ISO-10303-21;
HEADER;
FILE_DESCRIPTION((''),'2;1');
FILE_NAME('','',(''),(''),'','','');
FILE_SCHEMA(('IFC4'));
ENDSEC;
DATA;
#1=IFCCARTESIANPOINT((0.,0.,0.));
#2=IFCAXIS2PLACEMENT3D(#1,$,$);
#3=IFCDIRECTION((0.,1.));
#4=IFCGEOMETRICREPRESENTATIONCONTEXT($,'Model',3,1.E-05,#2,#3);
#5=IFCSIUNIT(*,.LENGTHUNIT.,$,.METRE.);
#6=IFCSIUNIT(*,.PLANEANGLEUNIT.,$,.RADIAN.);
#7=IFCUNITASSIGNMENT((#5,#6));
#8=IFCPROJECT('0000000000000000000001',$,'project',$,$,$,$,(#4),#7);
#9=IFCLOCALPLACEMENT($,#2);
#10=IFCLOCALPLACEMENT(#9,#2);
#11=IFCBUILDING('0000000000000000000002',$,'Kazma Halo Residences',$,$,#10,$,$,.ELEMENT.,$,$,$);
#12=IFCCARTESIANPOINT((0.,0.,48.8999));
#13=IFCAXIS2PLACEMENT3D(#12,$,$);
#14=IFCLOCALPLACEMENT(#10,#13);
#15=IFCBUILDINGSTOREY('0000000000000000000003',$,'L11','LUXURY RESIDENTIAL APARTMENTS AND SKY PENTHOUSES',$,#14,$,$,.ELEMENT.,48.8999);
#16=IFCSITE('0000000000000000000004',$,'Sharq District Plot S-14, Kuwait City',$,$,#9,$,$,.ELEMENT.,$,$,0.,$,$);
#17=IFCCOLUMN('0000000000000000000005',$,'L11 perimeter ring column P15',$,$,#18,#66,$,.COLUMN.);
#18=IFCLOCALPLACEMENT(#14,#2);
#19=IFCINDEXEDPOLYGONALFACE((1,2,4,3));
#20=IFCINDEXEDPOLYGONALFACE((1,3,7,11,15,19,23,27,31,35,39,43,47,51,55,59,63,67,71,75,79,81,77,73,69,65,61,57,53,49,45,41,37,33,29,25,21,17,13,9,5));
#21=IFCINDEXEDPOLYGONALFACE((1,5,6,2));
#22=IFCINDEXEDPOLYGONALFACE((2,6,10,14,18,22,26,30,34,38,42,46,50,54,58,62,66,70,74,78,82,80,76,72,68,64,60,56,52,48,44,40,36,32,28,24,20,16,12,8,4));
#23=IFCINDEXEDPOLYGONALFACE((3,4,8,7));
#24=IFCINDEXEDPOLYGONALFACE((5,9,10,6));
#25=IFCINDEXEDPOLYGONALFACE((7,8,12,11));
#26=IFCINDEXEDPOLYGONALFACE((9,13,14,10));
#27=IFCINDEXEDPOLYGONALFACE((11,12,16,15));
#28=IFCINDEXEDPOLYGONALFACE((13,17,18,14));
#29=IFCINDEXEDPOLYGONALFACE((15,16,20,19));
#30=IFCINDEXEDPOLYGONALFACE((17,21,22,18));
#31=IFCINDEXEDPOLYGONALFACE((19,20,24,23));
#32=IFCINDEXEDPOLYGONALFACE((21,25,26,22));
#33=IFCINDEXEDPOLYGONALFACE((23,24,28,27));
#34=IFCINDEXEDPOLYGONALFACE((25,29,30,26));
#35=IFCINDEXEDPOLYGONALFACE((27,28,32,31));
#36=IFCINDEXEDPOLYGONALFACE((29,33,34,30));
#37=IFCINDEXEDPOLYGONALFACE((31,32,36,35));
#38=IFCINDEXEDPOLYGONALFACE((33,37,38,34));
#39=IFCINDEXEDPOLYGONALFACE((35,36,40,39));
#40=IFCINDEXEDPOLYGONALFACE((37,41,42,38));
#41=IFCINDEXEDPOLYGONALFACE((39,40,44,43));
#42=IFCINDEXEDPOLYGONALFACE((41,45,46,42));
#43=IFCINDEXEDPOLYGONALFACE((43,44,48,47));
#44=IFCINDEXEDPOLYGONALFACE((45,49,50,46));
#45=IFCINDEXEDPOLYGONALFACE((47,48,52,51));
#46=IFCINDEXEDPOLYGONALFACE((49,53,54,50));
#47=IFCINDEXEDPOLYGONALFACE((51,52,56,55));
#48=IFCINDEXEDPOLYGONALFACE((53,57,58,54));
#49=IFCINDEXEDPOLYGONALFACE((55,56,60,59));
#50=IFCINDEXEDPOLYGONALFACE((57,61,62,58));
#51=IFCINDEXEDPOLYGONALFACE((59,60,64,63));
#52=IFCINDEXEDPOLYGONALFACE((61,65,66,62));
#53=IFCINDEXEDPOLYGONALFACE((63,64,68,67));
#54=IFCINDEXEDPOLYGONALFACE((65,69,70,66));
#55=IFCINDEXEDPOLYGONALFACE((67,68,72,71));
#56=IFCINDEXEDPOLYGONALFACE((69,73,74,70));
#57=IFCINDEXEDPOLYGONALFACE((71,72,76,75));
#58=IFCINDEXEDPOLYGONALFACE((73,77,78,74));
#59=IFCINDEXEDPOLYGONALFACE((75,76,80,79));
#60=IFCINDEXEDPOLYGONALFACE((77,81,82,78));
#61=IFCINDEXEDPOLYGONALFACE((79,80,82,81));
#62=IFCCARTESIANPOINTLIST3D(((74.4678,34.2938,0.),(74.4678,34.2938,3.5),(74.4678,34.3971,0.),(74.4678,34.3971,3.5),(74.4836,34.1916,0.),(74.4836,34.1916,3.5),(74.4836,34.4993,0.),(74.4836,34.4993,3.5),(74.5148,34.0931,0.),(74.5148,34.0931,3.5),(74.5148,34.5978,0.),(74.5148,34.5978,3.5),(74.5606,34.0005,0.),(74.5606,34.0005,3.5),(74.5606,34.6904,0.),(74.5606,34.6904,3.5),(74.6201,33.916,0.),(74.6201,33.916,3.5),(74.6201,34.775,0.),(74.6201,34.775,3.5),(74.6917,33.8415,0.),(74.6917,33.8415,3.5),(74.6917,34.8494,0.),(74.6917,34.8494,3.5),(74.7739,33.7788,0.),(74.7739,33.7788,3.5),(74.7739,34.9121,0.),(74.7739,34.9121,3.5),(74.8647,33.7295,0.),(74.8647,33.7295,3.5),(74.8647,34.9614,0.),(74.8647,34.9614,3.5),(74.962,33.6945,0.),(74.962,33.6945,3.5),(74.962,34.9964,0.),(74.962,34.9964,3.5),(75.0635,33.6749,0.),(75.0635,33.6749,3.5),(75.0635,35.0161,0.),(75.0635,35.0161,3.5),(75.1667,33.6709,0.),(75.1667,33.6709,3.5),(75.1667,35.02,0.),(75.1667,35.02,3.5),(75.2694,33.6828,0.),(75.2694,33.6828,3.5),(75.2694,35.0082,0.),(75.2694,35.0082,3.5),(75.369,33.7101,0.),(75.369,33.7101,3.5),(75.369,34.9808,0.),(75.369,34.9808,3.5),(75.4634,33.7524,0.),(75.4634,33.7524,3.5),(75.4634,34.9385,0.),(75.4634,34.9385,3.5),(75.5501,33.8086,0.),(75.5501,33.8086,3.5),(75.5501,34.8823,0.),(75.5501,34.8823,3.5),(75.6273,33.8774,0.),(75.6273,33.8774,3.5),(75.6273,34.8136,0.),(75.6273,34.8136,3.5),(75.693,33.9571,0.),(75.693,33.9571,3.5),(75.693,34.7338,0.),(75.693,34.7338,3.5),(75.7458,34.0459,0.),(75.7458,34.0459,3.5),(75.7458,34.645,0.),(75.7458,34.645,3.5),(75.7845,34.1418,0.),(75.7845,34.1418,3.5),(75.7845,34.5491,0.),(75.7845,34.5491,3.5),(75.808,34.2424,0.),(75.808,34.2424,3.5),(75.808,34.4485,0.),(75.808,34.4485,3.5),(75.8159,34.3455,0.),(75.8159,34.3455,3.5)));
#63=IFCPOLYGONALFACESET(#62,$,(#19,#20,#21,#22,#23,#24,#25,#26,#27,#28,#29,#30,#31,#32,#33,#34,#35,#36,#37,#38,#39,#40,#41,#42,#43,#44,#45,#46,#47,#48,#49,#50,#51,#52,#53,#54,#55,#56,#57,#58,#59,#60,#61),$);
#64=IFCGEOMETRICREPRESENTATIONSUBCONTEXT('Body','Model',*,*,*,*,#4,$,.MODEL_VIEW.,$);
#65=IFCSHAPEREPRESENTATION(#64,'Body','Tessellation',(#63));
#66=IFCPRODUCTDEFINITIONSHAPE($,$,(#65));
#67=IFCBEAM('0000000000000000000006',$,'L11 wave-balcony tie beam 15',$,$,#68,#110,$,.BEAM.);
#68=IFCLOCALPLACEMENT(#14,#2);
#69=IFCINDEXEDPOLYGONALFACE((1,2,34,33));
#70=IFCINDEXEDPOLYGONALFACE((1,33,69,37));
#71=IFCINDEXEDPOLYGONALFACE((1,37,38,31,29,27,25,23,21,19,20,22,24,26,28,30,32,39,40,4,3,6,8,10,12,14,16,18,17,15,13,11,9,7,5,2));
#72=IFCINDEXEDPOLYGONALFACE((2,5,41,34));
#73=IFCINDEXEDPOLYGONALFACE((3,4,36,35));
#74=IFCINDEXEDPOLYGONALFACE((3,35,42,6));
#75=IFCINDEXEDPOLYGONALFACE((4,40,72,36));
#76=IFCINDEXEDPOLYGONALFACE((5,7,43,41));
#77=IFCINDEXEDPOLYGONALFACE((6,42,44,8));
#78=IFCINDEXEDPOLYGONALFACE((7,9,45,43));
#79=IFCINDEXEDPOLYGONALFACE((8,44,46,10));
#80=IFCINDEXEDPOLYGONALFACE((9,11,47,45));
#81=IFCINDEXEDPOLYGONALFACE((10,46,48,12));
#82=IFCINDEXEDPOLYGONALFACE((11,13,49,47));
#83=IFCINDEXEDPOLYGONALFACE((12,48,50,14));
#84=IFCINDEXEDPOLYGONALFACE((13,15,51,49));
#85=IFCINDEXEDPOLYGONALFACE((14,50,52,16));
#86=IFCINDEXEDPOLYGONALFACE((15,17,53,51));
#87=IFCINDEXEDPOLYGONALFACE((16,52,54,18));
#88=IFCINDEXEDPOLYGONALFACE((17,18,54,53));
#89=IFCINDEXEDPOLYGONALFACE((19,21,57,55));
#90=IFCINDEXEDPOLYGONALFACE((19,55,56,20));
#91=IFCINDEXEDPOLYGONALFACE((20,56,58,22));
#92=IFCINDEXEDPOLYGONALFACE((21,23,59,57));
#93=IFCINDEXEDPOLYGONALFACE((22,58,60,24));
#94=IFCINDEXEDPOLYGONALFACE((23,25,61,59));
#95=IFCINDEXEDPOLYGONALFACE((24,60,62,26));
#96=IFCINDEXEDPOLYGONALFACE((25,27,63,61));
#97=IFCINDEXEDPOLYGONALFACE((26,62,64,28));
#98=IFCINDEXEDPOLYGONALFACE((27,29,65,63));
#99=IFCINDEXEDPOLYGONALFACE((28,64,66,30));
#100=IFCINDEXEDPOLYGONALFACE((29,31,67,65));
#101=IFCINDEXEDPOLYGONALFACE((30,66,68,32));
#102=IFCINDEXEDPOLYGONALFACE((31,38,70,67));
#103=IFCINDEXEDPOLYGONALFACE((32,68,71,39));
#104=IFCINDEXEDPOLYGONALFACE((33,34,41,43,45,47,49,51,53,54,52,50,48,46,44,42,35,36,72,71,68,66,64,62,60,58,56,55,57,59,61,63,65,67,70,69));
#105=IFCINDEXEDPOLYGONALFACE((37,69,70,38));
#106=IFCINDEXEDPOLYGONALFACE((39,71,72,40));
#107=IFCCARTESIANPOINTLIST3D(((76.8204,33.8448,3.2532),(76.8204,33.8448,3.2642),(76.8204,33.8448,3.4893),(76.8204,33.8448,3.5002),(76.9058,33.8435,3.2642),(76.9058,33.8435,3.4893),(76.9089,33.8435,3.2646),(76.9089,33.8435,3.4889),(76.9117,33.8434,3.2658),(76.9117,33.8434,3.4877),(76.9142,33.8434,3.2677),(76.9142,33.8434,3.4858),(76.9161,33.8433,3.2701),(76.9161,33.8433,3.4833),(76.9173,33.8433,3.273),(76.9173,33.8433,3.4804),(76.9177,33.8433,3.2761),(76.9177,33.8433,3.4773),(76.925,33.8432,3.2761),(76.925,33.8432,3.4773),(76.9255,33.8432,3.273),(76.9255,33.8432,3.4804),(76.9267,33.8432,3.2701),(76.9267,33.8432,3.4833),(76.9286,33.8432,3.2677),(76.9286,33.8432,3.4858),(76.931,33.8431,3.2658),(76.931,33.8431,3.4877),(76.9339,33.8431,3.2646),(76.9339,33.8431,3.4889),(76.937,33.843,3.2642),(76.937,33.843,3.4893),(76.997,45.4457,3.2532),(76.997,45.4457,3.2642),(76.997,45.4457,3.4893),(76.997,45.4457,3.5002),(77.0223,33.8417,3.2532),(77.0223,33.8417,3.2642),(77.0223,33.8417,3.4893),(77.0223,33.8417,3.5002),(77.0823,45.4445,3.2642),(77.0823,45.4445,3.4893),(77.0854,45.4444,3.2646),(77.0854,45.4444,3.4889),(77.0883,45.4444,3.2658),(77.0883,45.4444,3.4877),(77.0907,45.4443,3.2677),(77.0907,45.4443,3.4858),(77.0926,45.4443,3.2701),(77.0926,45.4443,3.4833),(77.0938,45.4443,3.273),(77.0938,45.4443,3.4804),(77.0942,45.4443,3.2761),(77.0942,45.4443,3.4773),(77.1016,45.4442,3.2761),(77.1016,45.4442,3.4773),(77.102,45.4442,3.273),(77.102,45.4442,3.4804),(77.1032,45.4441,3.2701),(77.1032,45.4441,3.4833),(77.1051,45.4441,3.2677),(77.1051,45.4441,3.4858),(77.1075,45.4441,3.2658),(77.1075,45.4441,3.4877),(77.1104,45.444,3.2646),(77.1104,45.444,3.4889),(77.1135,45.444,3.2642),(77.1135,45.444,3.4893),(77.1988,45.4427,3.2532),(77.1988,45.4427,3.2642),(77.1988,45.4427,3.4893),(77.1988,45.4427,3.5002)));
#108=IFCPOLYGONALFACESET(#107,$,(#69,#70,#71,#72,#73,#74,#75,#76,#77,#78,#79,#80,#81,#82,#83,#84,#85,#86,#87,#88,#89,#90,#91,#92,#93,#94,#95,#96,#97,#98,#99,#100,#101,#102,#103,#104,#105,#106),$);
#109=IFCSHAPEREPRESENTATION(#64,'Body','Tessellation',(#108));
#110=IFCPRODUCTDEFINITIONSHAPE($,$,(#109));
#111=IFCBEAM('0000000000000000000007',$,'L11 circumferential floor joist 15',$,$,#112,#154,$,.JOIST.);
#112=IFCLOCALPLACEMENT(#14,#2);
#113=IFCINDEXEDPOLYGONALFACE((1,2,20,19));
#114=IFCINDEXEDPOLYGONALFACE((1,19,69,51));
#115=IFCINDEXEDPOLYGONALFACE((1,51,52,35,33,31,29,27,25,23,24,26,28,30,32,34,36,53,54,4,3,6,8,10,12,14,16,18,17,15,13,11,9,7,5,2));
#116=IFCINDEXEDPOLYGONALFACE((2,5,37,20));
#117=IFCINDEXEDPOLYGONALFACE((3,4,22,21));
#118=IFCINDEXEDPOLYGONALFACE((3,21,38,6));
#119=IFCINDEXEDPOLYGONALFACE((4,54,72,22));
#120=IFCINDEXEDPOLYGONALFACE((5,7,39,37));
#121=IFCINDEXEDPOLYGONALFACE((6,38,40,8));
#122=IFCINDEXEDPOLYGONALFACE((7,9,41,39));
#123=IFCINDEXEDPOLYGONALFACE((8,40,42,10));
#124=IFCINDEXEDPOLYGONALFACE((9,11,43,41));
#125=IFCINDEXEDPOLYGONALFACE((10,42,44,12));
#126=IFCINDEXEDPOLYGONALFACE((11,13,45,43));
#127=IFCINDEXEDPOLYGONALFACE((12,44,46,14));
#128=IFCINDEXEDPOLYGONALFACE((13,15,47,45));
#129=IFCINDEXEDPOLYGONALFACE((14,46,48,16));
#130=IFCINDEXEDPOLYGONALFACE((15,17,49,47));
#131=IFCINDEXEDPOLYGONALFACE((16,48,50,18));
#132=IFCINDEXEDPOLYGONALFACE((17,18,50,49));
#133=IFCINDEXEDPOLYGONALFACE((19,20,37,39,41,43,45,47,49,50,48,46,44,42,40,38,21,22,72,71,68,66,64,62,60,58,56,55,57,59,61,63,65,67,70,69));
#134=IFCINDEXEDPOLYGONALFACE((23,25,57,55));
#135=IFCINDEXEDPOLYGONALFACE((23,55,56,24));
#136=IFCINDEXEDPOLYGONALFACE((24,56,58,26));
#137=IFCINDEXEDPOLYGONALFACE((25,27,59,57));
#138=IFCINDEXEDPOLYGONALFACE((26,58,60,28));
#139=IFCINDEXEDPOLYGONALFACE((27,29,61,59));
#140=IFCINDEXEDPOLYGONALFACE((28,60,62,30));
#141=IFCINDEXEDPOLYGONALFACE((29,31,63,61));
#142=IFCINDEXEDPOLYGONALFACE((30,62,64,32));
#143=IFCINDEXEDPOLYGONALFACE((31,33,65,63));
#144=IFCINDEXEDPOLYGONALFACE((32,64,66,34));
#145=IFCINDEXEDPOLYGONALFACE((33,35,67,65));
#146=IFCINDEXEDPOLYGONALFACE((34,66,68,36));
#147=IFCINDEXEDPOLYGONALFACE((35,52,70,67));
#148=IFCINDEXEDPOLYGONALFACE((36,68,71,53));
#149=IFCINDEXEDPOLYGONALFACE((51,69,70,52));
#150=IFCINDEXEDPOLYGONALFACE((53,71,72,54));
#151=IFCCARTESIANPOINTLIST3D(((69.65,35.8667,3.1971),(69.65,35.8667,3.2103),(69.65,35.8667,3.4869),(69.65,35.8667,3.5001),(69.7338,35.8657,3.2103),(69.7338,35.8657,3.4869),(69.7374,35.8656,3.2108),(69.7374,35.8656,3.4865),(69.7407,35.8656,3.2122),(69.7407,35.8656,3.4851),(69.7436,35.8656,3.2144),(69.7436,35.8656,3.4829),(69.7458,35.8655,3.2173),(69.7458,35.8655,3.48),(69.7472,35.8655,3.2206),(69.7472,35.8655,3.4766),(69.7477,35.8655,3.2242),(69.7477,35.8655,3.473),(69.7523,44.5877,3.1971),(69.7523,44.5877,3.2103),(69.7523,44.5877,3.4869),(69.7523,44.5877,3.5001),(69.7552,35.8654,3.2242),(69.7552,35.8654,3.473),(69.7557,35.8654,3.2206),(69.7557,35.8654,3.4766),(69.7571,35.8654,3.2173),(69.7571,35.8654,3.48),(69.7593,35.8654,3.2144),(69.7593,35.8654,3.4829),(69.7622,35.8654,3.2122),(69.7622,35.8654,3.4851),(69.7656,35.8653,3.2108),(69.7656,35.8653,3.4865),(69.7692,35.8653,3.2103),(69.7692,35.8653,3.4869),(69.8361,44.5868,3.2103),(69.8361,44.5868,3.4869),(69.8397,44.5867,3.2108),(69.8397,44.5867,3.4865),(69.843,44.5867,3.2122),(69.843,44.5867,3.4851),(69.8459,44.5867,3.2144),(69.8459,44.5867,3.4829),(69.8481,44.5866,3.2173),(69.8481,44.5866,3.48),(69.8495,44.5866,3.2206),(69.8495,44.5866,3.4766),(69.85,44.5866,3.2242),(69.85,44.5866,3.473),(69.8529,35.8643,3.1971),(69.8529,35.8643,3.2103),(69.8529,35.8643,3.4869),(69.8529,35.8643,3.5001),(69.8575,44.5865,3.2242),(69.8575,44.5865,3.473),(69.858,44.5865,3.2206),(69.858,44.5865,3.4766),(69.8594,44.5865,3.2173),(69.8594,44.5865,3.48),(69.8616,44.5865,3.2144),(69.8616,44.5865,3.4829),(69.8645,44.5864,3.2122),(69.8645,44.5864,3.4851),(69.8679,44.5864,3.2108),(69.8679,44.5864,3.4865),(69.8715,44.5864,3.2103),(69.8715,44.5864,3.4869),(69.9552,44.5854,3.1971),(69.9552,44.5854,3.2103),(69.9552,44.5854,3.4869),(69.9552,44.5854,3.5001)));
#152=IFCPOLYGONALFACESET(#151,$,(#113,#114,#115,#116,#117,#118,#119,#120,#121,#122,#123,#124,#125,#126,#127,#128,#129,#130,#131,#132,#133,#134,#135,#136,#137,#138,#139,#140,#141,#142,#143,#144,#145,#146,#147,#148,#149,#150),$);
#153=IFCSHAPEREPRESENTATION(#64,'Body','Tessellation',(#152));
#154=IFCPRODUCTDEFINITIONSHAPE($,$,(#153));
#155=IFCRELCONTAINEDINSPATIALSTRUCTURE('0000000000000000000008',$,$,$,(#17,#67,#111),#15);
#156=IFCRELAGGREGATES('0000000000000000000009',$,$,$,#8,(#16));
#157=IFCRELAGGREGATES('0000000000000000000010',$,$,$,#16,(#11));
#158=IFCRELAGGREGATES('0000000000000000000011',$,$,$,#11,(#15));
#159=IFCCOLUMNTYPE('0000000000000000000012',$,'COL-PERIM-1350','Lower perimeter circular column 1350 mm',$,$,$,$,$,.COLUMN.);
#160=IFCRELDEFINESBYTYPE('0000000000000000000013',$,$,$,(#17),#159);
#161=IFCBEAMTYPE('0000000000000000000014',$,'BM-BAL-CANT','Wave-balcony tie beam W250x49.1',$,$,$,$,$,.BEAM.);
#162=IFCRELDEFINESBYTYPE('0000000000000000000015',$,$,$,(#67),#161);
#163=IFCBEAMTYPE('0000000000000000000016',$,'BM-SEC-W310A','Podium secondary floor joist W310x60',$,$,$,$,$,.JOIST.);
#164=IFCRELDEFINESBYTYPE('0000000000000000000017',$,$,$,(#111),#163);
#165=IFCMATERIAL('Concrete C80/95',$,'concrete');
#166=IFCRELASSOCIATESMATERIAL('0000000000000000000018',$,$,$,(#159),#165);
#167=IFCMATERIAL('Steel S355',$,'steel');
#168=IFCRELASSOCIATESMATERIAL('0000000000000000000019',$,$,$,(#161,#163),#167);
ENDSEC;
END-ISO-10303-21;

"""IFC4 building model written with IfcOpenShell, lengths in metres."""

from ifc_helpers import new_model, si_unit, direction, frame, origin, origin_2d, place, context, subcontext, project, spatial, circle, i_section, extrude, material, material_profile, profile_set, type_object, element, save


model = new_model("IFC4")

# Units and contexts
model_context = context("Model", 3, precision=1e-05, world=origin(), true_north=direction((0.0, 1.0)))
body_context = subcontext(model_context, "Body", "Model", "MODEL_VIEW")
ifc_project = project(units=[si_unit("LENGTHUNIT", "METRE"), si_unit("PLANEANGLEUNIT", "RADIAN")], contexts=[model_context])

# Site, building, storey
site_placement = place(None, origin())
site = spatial("IfcSite", under=ifc_project, at=site_placement, Name="Sharq District Plot S-14, Kuwait City", CompositionType="ELEMENT", RefElevation=0.0)
building_placement = place(site_placement, origin())
building = spatial("IfcBuilding", under=site, at=building_placement, Name="Kazma Halo Residences", CompositionType="ELEMENT")
storey_placement = place(building_placement, frame((0.0, 0.0, 48.8999)))
storey = spatial("IfcBuildingStorey", under=building, at=storey_placement, Name="L11", Description="LUXURY RESIDENTIAL APARTMENTS AND SKY PENTHOUSES", CompositionType="ELEMENT", Elevation=48.8999)

# Column
ifc_material_1 = material(Name="Concrete C80/95", Category="concrete")
ifc_material_profile_1 = material_profile(ifc_material_1, circle(Radius=0.675, at=origin_2d()), Name="CIRC1350")
ifc_profile_set_1 = profile_set([ifc_material_profile_1], Name="Concrete C80/95")
column_type = type_object("IfcColumnType", Name="COL-PERIM-1350", Description="Lower perimeter circular column 1350 mm", PredefinedType="COLUMN", material=ifc_profile_set_1)
column_placement = place(storey_placement, frame((75.1409, 34.3455, 0.0), z_axis=(0.0, 0.0, 1.0), x_axis=(1.0, 0.0, 0.0)))
element("IfcColumn", 1, at=column_placement, inside=storey, type_object=column_type, Name="L11 perimeter ring column P15", PredefinedType="COLUMN", context=body_context, shape_type="SweptSolid", body=[
    extrude(circle(Radius=0.675, at=origin_2d()), origin(), (0.0, 0.0, 1.0), 3.5),
])

# Beams
ifc_material_2 = material(Name="Steel S355", Category="steel")
ifc_material_profile_2 = material_profile(ifc_material_2, i_section(OverallWidth=0.2019, OverallDepth=0.2471, WebThickness=0.0073, FlangeThickness=0.011, FilletRadius=0.012, at=origin_2d()), Name="W250x49.1")
ifc_profile_set_2 = profile_set([ifc_material_profile_2], Name="Steel S355")
beam_type_1 = type_object("IfcBeamType", Name="BM-BAL-CANT", Description="Wave-balcony tie beam W250x49.1", PredefinedType="BEAM", material=ifc_profile_set_2)
beam_1_placement = place(storey_placement, frame((76.9214, 33.8433, 3.3767), z_axis=(0.015214, 0.999884, 0.0), x_axis=(-0.999884, 0.015214, 0.0)))
element("IfcBeam", 2, at=beam_1_placement, inside=storey, type_object=beam_type_1, Name="L11 wave-balcony tie beam 15", PredefinedType="BEAM", context=body_context, shape_type="SweptSolid", body=[
    extrude(i_section(OverallWidth=0.2019, OverallDepth=0.2471, WebThickness=0.0073, FlangeThickness=0.011, FilletRadius=0.012, at=origin_2d()), origin(), (0.0, 0.0, 1.0), 11.6023),
])
ifc_material_profile_3 = material_profile(ifc_material_2, i_section(OverallWidth=0.2029, OverallDepth=0.303, WebThickness=0.0076, FlangeThickness=0.0132, FilletRadius=0.0139, at=origin_2d()), Name="W310x60")
ifc_profile_set_3 = profile_set([ifc_material_profile_3], Name="Steel S355")
beam_type_2 = type_object("IfcBeamType", Name="BM-SEC-W310A", Description="Podium secondary floor joist W310x60", PredefinedType="JOIST", material=ifc_profile_set_3)
beam_2_placement = place(storey_placement, frame((69.7515, 35.8655, 3.3486), z_axis=(0.011729, 0.999931, 0.0), x_axis=(-0.999931, 0.011729, 0.0)))
element("IfcBeam", 3, at=beam_2_placement, inside=storey, type_object=beam_type_2, Name="L11 circumferential floor joist 15", PredefinedType="JOIST", context=body_context, shape_type="SweptSolid", body=[
    extrude(i_section(OverallWidth=0.2029, OverallDepth=0.303, WebThickness=0.0076, FlangeThickness=0.0132, FilletRadius=0.0139, at=origin_2d()), origin(), (0.0, 0.0, 1.0), 8.7217),
])

save(model, "model.ifc")
